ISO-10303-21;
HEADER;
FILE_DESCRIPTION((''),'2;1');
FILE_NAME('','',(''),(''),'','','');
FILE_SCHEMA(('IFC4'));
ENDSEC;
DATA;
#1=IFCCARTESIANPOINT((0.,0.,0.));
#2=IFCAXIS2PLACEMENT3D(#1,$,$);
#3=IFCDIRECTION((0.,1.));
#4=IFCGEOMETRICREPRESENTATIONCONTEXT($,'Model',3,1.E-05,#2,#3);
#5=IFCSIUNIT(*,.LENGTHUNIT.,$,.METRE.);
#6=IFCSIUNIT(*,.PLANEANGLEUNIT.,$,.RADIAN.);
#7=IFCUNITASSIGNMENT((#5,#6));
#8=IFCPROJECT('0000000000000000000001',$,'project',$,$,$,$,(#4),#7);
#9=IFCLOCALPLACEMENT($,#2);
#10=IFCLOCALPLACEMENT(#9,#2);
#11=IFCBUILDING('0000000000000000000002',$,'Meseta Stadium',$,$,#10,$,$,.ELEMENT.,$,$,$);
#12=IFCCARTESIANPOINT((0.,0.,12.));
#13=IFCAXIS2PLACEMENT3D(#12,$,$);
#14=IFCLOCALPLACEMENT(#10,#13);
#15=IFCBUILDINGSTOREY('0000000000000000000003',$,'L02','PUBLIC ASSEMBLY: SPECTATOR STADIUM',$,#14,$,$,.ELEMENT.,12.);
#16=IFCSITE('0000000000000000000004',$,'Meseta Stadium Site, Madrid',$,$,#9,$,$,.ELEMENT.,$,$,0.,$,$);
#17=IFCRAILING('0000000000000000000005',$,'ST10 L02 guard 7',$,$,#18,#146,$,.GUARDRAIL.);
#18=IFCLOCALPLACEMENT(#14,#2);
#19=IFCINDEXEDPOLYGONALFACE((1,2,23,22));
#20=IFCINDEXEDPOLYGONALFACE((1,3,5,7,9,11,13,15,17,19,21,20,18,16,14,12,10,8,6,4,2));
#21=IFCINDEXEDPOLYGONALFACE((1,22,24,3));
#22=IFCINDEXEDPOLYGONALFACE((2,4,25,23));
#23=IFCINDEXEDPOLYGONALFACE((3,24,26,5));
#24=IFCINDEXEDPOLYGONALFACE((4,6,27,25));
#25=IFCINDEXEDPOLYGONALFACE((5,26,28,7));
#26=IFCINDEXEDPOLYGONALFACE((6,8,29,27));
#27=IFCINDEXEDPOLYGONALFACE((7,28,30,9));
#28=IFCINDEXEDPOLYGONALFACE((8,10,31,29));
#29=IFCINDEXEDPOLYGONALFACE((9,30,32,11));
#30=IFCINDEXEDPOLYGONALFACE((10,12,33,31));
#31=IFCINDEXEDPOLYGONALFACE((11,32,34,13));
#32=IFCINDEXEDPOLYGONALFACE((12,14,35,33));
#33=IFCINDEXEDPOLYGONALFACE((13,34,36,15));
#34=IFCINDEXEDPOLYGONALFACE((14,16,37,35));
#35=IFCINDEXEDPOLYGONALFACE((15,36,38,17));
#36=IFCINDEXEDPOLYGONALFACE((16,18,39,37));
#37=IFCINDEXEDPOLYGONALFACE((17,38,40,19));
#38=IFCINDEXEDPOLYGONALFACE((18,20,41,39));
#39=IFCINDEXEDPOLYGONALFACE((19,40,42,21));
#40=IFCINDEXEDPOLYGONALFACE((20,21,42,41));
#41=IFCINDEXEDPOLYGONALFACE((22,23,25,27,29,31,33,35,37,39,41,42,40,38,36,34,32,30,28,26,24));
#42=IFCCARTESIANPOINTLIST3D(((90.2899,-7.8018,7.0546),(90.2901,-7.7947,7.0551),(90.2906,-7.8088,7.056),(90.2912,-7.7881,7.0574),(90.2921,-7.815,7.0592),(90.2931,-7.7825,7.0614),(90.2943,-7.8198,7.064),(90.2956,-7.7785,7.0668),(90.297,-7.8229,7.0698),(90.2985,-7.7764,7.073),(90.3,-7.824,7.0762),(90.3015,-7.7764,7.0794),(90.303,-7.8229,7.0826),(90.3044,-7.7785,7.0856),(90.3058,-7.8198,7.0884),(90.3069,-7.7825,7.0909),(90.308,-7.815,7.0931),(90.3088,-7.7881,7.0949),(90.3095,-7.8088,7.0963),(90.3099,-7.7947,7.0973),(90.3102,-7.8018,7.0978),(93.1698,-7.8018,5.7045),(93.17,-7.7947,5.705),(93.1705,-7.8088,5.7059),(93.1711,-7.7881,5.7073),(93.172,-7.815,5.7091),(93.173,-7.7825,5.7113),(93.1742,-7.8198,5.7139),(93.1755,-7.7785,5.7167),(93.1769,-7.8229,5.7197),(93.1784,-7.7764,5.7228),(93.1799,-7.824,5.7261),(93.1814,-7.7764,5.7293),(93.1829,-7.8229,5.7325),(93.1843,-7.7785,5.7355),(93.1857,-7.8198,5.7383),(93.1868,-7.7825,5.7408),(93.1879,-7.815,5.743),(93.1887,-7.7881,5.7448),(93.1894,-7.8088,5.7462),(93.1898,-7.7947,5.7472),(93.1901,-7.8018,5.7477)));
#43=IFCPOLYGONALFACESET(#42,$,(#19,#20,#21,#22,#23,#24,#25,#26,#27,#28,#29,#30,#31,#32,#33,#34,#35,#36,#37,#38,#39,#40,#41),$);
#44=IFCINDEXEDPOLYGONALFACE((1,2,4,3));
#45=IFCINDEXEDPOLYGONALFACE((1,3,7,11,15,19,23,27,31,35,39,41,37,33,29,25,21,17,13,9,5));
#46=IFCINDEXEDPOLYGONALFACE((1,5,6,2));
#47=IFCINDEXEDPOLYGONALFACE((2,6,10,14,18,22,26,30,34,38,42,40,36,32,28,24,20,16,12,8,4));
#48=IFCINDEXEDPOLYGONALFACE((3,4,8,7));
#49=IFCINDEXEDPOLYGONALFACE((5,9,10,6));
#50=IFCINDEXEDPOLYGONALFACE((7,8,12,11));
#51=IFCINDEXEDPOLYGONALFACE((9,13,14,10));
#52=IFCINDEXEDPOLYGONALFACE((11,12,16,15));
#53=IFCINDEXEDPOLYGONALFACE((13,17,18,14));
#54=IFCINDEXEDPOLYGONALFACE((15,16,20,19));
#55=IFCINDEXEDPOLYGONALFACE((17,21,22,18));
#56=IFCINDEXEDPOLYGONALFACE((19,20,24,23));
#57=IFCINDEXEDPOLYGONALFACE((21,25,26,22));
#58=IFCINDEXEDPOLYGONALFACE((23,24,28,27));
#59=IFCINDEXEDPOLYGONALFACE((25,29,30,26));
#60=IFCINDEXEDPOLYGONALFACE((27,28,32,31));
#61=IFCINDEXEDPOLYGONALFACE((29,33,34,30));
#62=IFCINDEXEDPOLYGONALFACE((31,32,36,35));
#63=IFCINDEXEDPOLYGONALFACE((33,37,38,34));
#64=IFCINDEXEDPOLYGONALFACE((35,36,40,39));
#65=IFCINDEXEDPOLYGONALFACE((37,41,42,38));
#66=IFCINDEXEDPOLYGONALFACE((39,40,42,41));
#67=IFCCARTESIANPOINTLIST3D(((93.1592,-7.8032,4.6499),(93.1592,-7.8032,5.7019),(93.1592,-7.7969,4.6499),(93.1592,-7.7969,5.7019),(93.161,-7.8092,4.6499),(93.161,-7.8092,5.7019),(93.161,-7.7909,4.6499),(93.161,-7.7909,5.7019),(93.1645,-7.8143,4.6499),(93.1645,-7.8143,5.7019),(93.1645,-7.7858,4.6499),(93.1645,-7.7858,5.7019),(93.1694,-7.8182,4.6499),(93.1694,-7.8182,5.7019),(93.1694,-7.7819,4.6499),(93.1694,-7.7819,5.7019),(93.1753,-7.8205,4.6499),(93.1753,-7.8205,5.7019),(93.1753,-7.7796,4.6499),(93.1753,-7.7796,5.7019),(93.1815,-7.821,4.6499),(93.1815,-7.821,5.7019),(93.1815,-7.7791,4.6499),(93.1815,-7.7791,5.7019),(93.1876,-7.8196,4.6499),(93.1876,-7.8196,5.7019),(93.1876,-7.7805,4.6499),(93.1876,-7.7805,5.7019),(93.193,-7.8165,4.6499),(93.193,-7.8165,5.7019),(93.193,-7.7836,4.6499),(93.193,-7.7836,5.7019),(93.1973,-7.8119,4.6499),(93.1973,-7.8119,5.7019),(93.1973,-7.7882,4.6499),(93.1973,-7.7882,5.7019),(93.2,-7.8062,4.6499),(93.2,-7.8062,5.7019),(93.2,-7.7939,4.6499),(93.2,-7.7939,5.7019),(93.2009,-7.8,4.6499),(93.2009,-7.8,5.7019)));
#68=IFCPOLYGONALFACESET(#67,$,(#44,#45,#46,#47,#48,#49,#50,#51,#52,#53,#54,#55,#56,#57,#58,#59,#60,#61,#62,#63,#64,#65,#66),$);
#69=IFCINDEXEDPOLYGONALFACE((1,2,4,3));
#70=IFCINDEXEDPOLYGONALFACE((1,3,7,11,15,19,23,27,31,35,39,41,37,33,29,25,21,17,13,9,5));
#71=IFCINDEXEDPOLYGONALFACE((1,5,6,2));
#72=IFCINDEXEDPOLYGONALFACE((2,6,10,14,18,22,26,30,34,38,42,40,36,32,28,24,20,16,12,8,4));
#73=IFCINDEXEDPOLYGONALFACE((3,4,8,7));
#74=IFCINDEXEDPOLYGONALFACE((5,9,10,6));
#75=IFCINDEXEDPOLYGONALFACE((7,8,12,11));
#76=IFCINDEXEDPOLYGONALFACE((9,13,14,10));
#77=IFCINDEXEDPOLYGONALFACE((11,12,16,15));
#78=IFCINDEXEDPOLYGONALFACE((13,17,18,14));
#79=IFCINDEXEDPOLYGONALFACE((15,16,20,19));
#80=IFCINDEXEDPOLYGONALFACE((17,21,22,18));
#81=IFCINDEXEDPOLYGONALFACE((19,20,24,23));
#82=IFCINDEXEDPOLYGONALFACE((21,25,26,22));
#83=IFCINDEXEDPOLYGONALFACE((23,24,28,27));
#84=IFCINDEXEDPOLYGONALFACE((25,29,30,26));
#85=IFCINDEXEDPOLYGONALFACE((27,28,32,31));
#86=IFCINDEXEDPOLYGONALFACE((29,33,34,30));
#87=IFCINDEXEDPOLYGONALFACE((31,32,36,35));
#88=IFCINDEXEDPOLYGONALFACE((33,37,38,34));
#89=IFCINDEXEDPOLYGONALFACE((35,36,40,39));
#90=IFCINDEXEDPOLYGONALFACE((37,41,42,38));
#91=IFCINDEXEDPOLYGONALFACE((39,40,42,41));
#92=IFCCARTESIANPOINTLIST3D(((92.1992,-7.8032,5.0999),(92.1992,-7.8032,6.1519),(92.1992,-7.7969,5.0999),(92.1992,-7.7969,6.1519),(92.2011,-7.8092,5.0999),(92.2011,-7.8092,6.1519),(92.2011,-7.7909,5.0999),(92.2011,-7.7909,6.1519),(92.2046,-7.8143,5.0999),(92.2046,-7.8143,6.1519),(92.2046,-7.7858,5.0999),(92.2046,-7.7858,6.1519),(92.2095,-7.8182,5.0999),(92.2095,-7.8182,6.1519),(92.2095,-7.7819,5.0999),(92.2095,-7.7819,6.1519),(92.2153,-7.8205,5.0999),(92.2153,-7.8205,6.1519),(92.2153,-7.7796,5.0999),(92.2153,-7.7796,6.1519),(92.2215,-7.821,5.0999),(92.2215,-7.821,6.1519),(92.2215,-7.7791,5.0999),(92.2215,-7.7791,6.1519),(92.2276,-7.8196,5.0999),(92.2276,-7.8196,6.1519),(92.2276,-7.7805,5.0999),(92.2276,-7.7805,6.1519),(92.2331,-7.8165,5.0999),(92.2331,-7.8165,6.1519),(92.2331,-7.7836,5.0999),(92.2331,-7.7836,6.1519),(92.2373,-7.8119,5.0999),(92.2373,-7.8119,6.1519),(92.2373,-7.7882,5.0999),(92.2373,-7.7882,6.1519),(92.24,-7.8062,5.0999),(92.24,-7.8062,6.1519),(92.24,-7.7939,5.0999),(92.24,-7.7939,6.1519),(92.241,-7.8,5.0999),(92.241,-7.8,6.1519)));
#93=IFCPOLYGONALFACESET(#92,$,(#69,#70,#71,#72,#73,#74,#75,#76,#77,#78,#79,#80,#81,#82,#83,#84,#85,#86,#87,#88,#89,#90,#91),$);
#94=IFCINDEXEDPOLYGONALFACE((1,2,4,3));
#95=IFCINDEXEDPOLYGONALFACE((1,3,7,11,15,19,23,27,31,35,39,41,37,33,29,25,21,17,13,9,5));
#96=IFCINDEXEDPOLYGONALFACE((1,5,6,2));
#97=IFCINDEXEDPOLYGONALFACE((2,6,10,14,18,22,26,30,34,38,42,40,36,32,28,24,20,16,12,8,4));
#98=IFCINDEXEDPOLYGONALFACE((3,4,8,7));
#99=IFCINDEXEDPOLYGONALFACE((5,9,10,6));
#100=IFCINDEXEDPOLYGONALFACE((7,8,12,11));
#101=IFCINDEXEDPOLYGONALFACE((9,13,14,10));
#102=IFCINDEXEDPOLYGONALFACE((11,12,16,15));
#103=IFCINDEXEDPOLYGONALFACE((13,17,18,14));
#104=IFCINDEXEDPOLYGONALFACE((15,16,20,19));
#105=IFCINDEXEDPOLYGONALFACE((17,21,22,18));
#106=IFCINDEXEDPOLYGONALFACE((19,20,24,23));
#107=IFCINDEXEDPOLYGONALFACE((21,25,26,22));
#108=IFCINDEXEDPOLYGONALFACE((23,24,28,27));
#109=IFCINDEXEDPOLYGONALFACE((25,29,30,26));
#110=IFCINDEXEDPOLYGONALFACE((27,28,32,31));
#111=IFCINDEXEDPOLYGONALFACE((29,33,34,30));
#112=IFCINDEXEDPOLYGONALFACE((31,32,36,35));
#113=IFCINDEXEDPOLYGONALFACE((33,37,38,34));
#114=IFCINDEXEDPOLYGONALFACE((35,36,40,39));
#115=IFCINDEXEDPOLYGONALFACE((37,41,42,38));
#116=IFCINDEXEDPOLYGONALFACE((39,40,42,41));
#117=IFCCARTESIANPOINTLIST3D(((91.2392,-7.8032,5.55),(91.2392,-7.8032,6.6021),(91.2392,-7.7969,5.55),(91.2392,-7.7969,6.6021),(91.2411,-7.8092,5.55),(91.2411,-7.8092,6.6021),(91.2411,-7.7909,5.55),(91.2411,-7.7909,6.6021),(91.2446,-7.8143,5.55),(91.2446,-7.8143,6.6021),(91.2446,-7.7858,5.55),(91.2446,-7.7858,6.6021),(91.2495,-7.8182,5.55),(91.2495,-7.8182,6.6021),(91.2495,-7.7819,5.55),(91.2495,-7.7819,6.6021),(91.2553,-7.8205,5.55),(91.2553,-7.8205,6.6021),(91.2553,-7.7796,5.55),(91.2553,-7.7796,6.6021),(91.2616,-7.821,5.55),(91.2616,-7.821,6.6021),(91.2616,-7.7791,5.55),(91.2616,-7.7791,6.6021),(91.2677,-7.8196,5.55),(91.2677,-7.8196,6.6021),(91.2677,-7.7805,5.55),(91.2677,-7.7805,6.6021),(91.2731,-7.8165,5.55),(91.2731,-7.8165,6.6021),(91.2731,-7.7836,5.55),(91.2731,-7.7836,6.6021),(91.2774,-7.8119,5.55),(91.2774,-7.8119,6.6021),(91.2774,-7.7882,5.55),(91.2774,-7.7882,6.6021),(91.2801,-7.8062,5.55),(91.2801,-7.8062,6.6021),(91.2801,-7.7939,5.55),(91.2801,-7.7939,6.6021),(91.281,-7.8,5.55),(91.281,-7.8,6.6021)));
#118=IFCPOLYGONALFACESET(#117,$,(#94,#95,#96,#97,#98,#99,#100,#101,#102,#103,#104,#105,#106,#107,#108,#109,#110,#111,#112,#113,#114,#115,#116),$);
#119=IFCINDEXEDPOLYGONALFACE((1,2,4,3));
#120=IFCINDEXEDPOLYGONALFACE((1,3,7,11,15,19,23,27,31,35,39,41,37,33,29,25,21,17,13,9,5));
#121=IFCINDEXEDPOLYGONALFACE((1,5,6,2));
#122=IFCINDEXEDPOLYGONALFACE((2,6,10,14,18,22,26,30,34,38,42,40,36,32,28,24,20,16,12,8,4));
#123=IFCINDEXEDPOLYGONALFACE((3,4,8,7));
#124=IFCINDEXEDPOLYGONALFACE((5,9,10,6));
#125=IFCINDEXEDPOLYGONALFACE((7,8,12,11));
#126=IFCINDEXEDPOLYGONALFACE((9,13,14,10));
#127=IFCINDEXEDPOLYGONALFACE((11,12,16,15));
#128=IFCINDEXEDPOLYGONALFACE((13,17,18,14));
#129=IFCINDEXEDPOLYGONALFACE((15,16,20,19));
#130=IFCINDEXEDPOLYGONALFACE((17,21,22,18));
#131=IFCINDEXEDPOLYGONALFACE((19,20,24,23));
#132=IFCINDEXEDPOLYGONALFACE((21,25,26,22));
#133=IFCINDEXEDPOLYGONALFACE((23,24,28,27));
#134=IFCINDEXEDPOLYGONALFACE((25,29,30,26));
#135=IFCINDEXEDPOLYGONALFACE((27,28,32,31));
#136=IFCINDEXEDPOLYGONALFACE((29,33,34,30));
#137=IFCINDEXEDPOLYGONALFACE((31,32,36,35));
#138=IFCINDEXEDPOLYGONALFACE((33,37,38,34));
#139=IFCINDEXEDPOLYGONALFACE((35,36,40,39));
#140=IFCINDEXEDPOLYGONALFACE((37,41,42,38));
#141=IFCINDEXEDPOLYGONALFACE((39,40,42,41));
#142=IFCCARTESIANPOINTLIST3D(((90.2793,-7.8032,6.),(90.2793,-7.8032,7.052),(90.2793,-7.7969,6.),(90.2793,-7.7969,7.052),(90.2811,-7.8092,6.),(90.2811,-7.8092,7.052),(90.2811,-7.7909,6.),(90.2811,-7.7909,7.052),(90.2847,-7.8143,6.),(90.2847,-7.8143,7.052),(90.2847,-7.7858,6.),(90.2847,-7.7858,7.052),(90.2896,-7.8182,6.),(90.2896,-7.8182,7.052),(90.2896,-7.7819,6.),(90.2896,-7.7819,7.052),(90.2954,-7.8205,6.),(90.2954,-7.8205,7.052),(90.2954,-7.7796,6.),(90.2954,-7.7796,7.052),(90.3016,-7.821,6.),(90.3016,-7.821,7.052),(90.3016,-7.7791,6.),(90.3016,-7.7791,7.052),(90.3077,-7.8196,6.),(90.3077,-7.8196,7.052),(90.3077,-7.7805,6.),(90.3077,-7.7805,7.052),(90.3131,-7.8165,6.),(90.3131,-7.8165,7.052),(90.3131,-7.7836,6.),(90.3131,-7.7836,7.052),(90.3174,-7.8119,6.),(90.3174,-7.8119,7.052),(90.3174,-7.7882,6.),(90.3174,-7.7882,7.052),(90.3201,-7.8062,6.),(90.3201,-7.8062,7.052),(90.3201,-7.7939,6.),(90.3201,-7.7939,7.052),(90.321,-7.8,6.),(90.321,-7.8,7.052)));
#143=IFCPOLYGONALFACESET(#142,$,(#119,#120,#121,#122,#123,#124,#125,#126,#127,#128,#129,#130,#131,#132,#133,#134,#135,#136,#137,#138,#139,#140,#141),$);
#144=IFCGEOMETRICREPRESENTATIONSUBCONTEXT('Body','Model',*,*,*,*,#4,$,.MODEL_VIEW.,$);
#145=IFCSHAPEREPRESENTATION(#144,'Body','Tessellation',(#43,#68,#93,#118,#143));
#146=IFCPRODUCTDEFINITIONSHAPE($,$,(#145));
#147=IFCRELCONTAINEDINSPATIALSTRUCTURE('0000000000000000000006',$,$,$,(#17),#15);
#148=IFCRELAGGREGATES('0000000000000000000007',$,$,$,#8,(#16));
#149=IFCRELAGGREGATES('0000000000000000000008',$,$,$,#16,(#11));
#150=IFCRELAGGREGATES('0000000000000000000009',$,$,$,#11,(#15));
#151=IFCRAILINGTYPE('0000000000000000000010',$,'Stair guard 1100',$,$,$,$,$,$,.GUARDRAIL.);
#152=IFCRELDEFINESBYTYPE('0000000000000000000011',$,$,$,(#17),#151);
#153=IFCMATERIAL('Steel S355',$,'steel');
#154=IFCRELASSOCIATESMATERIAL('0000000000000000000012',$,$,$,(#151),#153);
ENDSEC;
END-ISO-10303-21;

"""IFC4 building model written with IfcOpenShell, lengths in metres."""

from ifc_helpers import new_model, si_unit, direction, frame, origin, origin_2d, place, context, subcontext, project, spatial, circle, extrude, material, type_object, element, save


model = new_model("IFC4")

# Units and contexts
model_context = context("Model", 3, precision=1e-05, world=origin(), true_north=direction((0.0, 1.0)))
body_context = subcontext(model_context, "Body", "Model", "MODEL_VIEW")
ifc_project = project(units=[si_unit("LENGTHUNIT", "METRE"), si_unit("PLANEANGLEUNIT", "RADIAN")], contexts=[model_context])

# Site, building, storey
site_placement = place(None, origin())
site = spatial("IfcSite", under=ifc_project, at=site_placement, Name="Meseta Stadium Site, Madrid", CompositionType="ELEMENT", RefElevation=0.0)
building_placement = place(site_placement, origin())
building = spatial("IfcBuilding", under=site, at=building_placement, Name="Meseta Stadium", CompositionType="ELEMENT")
storey_placement = place(building_placement, frame((0.0, 0.0, 12.0)))
storey = spatial("IfcBuildingStorey", under=building, at=storey_placement, Name="L02", Description="PUBLIC ASSEMBLY: SPECTATOR STADIUM", CompositionType="ELEMENT", Elevation=12.0)

# Railing
ifc_material_1 = material(Name="Steel S355", Category="steel")
railing_type_1 = type_object("IfcRailingType", Name="Stair guard 1100", PredefinedType="GUARDRAIL", material=ifc_material_1)
railing_1_placement = place(storey_placement, frame((93.1799, -7.8, 4.6499)))
element("IfcRailing", 1, at=railing_1_placement, inside=storey, type_object=railing_type_1, Name="ST10 L02 guard 7", PredefinedType="GUARDRAIL", context=body_context, shape_type="SweptSolid", body=[
    extrude(circle(Radius=0.0239, at=origin_2d()), frame((0.0, 0.0, 1.0762), z_axis=(-0.90544, 0.0, 0.424473), x_axis=(0.0, -1.0, 0.0)), (0.0, 0.0, 1.0), 3.1807),
    extrude(circle(Radius=0.021, at=origin_2d()), origin(), (0.0, 0.0, 1.0), 1.052),
    extrude(circle(Radius=0.021, at=origin_2d()), frame((-0.96, 0.0, 0.45)), (0.0, 0.0, 1.0), 1.052),
    extrude(circle(Radius=0.021, at=origin_2d()), frame((-1.9199, 0.0, 0.9001)), (0.0, 0.0, 1.0), 1.052),
    extrude(circle(Radius=0.021, at=origin_2d()), frame((-2.8799, 0.0, 1.3501)), (0.0, 0.0, 1.0), 1.052),
])

save(model, "model.ifc")
